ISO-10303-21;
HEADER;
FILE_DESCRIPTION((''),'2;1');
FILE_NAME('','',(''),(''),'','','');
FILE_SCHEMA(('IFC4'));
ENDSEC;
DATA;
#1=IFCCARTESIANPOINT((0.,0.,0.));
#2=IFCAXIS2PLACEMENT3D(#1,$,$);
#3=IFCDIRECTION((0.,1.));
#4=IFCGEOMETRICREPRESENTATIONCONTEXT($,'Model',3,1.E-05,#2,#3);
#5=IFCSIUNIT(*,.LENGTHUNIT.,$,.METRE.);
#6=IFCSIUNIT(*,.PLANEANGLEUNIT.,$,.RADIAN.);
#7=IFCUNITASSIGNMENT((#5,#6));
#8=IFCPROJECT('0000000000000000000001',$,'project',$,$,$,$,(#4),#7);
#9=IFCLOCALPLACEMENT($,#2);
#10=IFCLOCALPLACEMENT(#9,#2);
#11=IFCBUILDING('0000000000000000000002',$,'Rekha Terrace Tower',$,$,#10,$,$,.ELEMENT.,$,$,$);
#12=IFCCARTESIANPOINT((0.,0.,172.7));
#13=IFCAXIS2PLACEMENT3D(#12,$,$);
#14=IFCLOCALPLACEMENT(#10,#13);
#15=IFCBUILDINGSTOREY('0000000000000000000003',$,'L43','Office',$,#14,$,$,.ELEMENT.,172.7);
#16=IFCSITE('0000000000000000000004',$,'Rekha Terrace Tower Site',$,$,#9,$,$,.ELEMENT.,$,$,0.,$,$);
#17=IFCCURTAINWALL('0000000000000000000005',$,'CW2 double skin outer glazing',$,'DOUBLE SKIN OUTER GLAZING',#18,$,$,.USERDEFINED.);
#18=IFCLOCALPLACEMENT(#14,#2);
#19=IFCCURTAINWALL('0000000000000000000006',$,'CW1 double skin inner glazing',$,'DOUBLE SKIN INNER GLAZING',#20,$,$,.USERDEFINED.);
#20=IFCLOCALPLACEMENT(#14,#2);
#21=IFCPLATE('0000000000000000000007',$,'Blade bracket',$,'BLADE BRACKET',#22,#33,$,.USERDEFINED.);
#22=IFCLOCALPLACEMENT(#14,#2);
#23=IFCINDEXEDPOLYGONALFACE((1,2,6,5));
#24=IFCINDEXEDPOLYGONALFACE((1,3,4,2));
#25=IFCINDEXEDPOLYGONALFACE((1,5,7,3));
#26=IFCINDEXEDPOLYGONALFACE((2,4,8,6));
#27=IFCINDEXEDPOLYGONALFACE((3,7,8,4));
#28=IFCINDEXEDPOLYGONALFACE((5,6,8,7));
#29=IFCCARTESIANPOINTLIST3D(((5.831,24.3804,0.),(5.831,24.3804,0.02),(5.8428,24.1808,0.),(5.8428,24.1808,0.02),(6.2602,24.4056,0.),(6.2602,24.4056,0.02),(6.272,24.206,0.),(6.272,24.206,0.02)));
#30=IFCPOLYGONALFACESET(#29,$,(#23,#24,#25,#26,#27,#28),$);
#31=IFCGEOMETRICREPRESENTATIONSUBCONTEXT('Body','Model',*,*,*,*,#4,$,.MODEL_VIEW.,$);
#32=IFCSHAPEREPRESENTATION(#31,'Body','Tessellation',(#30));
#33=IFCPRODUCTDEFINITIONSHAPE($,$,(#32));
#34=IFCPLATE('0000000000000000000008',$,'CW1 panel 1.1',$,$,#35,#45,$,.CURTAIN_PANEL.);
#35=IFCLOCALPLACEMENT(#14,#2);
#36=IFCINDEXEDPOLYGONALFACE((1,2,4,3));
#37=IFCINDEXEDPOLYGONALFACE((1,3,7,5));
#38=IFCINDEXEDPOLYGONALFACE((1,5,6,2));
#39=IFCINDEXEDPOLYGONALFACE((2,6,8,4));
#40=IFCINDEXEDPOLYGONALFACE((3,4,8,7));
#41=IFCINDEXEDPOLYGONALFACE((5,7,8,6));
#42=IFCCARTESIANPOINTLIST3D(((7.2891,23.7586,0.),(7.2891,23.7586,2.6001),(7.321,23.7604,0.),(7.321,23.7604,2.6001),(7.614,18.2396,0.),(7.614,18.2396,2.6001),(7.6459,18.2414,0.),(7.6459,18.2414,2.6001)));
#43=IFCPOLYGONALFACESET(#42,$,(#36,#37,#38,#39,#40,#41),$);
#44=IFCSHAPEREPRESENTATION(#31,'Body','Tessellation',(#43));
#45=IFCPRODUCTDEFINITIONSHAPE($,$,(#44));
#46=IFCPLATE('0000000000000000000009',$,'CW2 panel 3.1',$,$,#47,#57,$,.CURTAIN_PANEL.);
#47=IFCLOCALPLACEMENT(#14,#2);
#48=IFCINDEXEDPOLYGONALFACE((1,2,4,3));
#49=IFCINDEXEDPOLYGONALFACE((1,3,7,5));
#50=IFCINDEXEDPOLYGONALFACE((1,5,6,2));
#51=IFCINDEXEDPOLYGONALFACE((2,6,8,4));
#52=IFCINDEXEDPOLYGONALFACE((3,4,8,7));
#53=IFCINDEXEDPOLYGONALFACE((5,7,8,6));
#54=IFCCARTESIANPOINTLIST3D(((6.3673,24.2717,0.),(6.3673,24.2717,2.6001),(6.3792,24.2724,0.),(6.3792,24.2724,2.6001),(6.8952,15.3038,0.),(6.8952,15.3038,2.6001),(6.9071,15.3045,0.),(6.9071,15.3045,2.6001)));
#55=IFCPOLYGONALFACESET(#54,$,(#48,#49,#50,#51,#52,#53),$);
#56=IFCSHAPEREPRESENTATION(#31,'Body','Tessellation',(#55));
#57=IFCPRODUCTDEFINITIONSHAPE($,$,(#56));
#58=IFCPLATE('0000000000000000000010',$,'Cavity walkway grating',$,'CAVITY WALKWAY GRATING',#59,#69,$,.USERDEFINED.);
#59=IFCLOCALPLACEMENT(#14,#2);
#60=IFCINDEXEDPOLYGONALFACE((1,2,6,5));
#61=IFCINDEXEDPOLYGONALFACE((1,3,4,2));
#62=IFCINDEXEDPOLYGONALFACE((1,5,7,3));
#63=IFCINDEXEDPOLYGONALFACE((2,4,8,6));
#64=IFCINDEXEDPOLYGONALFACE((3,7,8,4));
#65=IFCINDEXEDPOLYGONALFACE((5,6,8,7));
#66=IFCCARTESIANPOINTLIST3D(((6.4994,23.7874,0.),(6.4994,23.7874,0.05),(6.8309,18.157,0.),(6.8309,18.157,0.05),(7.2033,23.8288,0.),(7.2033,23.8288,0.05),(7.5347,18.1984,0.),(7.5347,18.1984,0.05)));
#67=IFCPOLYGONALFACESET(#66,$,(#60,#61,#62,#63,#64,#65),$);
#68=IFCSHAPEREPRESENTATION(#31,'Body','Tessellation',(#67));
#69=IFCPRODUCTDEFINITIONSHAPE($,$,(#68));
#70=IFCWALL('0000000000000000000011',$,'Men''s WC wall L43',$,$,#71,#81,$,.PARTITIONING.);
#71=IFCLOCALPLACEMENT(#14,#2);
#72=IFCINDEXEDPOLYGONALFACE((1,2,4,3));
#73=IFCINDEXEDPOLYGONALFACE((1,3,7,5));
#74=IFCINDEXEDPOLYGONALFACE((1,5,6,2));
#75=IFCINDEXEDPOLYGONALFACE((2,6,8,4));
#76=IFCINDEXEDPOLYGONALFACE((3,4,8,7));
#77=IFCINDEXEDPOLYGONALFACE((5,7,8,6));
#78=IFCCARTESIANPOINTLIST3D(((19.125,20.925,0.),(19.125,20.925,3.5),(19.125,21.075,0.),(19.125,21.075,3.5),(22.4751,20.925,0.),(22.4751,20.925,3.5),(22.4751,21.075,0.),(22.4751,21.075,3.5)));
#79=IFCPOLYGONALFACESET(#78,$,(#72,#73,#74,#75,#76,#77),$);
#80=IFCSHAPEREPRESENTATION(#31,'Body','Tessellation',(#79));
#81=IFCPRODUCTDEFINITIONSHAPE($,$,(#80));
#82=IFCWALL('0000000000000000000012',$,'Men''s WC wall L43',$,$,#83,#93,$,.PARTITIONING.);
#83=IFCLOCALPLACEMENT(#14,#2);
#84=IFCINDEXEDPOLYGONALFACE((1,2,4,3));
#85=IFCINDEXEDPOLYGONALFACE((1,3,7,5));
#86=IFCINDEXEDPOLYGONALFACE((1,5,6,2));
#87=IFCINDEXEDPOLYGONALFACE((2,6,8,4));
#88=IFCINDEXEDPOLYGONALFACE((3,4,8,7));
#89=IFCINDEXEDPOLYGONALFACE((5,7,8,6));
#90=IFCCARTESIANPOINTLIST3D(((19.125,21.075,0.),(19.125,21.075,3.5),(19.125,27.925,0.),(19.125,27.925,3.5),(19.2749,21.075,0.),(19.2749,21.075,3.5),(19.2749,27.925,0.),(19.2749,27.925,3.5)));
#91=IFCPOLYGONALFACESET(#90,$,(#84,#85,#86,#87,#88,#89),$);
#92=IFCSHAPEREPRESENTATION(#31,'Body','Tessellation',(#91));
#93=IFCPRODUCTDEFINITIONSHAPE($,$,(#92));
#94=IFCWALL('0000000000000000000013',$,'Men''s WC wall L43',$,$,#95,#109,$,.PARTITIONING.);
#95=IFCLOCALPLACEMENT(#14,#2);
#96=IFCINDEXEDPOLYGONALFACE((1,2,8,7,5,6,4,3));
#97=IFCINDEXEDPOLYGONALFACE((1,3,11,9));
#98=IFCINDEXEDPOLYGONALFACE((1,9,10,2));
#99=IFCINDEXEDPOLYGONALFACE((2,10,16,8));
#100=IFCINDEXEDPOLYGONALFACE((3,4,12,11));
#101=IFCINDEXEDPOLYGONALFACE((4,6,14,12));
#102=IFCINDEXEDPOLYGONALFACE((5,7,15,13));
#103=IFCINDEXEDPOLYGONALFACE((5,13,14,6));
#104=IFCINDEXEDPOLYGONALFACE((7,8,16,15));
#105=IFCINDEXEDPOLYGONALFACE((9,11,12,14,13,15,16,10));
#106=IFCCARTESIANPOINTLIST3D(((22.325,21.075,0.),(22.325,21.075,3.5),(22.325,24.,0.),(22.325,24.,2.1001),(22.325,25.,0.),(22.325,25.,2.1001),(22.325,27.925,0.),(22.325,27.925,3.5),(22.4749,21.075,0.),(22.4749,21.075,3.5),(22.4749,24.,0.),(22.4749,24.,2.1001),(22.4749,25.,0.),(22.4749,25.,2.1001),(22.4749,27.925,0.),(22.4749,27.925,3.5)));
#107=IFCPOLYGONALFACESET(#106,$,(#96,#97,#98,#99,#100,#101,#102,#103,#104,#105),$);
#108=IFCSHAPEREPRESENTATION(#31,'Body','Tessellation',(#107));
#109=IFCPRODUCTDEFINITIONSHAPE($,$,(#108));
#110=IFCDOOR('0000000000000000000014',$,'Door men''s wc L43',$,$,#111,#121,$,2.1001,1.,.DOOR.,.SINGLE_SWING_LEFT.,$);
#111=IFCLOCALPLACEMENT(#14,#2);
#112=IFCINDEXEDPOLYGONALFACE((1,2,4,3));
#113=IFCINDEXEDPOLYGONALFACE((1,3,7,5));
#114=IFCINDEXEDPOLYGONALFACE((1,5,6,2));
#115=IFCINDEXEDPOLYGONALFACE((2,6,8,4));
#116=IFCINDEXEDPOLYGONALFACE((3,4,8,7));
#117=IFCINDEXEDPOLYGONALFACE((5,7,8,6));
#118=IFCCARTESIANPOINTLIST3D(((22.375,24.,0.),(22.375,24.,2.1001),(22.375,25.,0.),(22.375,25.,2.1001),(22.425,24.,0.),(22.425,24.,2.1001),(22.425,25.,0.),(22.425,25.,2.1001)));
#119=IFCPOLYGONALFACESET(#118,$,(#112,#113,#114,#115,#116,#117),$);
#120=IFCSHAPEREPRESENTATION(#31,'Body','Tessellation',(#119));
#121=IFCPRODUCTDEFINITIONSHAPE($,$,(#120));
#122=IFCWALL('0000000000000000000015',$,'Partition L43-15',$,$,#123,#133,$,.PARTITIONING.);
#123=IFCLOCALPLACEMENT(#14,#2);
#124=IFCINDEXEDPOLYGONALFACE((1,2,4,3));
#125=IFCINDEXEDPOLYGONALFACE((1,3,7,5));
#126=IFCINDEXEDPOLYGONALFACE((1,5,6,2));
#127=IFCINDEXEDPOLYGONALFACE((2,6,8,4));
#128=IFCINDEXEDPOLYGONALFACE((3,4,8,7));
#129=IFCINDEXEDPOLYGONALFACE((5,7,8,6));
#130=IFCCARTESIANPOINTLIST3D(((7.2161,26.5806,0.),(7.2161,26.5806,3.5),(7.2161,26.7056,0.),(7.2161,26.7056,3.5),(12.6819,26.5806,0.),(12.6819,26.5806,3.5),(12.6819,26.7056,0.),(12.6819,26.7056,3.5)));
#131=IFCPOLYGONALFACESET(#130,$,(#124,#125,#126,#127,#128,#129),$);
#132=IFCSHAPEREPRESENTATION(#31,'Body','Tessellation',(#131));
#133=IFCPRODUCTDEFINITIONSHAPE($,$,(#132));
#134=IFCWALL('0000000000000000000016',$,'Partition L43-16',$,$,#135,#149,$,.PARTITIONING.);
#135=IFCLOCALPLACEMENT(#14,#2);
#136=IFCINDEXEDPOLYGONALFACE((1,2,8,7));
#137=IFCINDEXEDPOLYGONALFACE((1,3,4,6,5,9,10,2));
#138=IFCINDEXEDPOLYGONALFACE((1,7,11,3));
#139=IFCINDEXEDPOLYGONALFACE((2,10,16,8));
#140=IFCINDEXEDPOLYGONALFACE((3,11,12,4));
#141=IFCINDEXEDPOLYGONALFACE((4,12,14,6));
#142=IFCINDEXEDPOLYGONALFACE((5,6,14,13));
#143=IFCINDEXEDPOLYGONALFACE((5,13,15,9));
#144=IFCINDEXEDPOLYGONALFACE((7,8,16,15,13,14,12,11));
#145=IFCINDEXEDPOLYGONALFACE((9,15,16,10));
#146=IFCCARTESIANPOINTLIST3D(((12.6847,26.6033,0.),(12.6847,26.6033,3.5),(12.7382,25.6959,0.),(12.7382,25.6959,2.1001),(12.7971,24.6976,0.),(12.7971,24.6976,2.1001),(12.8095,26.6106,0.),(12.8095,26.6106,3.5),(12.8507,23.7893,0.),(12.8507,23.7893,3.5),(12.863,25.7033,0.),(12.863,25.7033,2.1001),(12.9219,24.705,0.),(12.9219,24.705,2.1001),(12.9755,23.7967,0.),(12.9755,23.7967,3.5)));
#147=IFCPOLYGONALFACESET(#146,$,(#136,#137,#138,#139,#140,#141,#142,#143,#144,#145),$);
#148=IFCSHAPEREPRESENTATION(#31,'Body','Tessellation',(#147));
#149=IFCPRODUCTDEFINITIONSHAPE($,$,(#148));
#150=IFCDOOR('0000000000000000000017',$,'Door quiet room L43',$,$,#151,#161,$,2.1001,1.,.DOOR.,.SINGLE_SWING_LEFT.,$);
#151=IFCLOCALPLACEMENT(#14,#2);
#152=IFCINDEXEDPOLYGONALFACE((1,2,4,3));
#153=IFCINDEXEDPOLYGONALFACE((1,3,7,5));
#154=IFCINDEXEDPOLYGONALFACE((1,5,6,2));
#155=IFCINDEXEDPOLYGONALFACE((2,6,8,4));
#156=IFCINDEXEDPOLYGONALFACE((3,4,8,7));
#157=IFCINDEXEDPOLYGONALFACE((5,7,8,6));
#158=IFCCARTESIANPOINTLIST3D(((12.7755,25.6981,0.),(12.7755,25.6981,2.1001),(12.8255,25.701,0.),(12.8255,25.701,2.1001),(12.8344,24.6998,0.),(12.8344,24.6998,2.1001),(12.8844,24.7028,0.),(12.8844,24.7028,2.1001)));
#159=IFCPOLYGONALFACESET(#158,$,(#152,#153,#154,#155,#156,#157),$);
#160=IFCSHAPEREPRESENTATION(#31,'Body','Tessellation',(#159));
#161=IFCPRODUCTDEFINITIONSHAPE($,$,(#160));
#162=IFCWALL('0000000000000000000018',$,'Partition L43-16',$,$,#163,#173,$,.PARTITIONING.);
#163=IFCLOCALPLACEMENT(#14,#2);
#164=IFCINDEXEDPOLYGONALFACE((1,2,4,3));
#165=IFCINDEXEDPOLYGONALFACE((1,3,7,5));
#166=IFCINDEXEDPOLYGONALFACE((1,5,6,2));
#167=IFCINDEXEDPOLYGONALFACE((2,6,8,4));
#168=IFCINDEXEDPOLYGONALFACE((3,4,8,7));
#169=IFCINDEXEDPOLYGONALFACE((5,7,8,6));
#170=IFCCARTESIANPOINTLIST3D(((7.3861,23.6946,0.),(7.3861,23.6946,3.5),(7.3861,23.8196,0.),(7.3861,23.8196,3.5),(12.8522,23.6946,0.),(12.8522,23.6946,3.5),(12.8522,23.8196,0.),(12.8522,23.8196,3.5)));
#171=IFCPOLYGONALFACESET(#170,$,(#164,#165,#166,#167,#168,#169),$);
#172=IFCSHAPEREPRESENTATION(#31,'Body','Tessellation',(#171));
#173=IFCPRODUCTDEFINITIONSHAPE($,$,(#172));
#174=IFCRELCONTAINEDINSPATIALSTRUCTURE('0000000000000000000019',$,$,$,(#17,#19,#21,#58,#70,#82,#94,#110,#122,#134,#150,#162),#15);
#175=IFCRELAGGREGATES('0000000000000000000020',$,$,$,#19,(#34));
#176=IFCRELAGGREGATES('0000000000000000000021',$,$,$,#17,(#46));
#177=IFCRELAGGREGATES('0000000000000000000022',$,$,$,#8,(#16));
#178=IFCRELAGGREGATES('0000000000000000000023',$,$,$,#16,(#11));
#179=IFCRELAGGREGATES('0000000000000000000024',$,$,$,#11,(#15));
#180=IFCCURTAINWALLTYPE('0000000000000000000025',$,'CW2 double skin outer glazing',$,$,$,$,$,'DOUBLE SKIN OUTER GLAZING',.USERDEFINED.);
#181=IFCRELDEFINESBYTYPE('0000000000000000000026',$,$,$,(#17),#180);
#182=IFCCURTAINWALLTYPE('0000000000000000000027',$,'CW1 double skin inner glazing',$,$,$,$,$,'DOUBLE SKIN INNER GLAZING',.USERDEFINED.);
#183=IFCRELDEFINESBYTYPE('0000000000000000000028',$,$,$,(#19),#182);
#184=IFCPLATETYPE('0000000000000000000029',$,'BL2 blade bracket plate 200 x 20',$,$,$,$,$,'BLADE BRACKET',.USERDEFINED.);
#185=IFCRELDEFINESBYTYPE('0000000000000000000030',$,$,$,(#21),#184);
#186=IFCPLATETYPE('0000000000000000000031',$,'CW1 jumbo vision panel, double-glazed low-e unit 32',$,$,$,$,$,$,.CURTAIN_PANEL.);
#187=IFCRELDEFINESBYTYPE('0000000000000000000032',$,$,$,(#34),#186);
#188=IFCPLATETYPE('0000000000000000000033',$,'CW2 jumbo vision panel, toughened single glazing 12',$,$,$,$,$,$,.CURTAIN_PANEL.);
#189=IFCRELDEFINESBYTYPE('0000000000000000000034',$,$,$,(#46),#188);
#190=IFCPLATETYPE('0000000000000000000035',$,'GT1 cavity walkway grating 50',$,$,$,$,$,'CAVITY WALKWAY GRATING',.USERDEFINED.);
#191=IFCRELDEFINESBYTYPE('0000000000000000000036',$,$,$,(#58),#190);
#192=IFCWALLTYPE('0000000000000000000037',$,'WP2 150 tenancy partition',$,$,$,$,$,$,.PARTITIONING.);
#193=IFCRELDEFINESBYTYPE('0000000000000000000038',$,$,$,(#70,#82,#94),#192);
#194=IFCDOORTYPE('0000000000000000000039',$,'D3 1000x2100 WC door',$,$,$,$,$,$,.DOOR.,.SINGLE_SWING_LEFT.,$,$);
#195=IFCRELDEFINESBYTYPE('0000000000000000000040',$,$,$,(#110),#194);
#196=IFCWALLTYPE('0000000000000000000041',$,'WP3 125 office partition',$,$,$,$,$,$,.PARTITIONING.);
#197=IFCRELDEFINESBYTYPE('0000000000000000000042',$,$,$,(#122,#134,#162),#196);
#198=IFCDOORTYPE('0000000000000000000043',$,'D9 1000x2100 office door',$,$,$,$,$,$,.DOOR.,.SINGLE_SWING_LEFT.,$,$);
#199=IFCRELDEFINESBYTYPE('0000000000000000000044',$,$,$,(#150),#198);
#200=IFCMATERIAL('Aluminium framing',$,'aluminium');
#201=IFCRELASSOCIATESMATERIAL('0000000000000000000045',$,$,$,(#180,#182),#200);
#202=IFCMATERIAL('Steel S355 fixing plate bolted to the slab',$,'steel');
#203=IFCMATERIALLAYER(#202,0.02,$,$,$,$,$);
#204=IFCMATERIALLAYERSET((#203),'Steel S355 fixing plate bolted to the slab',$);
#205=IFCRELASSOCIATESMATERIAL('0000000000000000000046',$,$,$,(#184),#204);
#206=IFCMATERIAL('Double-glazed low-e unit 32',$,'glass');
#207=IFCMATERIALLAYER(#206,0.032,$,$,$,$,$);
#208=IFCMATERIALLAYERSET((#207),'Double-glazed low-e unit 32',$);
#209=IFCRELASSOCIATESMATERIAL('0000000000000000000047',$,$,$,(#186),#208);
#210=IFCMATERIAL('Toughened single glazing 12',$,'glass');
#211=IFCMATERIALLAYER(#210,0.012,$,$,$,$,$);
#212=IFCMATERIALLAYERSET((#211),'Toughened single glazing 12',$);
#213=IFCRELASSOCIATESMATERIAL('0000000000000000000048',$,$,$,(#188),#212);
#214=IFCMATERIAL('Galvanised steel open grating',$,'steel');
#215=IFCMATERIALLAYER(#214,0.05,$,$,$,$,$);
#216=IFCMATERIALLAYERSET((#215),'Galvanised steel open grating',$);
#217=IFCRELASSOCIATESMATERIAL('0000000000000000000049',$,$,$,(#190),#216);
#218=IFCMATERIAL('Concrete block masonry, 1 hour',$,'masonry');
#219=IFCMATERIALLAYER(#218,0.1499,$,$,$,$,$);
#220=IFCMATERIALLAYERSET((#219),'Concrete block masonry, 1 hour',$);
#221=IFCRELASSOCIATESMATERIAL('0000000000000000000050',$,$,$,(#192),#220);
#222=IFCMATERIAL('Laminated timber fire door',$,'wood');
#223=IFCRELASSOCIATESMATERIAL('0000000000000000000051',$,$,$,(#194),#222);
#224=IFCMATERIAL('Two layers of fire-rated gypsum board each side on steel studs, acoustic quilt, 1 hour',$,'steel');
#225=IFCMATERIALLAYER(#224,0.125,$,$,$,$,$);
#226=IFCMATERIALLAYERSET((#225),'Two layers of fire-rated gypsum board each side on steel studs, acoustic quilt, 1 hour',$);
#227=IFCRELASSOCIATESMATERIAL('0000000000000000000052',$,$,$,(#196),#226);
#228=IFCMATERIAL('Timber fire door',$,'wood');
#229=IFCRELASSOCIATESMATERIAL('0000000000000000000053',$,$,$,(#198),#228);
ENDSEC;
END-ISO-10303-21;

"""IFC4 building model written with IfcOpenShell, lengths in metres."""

from ifc_helpers import new_model, si_unit, direction, frame, frame_2d, origin, origin_2d, place, context, subcontext, project, spatial, rectangle, extrude, material, layer, layer_set, type_object, element, fill, aggregate, save


model = new_model("IFC4")

# Units and contexts
model_context = context("Model", 3, precision=1e-05, world=origin(), true_north=direction((0.0, 1.0)))
body_context = subcontext(model_context, "Body", "Model", "MODEL_VIEW")
ifc_project = project(units=[si_unit("LENGTHUNIT", "METRE"), si_unit("PLANEANGLEUNIT", "RADIAN")], contexts=[model_context])

# Site, building, storey
site_placement = place(None, origin())
site = spatial("IfcSite", under=ifc_project, at=site_placement, Name="Rekha Terrace Tower Site", CompositionType="ELEMENT", RefElevation=0.0)
building_placement = place(site_placement, origin())
building = spatial("IfcBuilding", under=site, at=building_placement, Name="Rekha Terrace Tower", CompositionType="ELEMENT")
storey_placement = place(building_placement, frame((0.0, 0.0, 172.7)))
storey = spatial("IfcBuildingStorey", under=building, at=storey_placement, Name="L43", Description="Office", CompositionType="ELEMENT", Elevation=172.7)

# Curtain wall
ifc_material_1 = material(Name="Aluminium framing", Category="aluminium")
curtain_wall_type_1 = type_object("IfcCurtainWallType", Name="CW2 double skin outer glazing", ElementType="DOUBLE SKIN OUTER GLAZING", PredefinedType="USERDEFINED", material=ifc_material_1)
curtain_wall_1_placement = place(storey_placement, origin())
curtain_wall_1 = element("IfcCurtainWall", 1, at=curtain_wall_1_placement, inside=storey, type_object=curtain_wall_type_1, Name="CW2 double skin outer glazing", ObjectType="DOUBLE SKIN OUTER GLAZING", PredefinedType="USERDEFINED")
curtain_wall_type_2 = type_object("IfcCurtainWallType", Name="CW1 double skin inner glazing", ElementType="DOUBLE SKIN INNER GLAZING", PredefinedType="USERDEFINED", material=ifc_material_1)

# Curtain wall
curtain_wall_2_placement = place(storey_placement, origin())
curtain_wall_2 = element("IfcCurtainWall", 2, at=curtain_wall_2_placement, inside=storey, type_object=curtain_wall_type_2, Name="CW1 double skin inner glazing", ObjectType="DOUBLE SKIN INNER GLAZING", PredefinedType="USERDEFINED")

# Plates
ifc_material_2 = material(Name="Steel S355 fixing plate bolted to the slab", Category="steel")
ifc_layer_1 = layer(ifc_material_2, 0.02)
ifc_layer_set_1 = layer_set([ifc_layer_1], Name="Steel S355 fixing plate bolted to the slab")
plate_type_1 = type_object("IfcPlateType", Name="BL2 blade bracket plate 200 x 20", ElementType="BLADE BRACKET", PredefinedType="USERDEFINED", material=ifc_layer_set_1)
plate_1_placement = place(storey_placement, frame((6.0515, 24.2932, 0.0), z_axis=(0.0, 0.0, 1.0), x_axis=(-0.998272, -0.058765, 0.0)))
element("IfcPlate", 3, at=plate_1_placement, inside=storey, type_object=plate_type_1, Name="Blade bracket", ObjectType="BLADE BRACKET", PredefinedType="USERDEFINED", context=body_context, shape_type="SweptSolid", body=[
    extrude(rectangle(XDim=0.4299, YDim=0.2, at=origin_2d()), origin(), (0.0, 0.0, 1.0), 0.02),
])
ifc_material_3 = material(Name="Double-glazed low-e unit 32", Category="glass")
ifc_layer_2 = layer(ifc_material_3, 0.032)
ifc_layer_set_2 = layer_set([ifc_layer_2], Name="Double-glazed low-e unit 32")
plate_type_2 = type_object("IfcPlateType", Name="CW1 jumbo vision panel, double-glazed low-e unit 32", PredefinedType="CURTAIN_PANEL", material=ifc_layer_set_2)
plate_2_placement = place(storey_placement, frame((7.4675, 21.0, 0.0), z_axis=(0.0, 0.0, 1.0), x_axis=(0.058765, -0.998272, 0.0)))
plate_2 = element("IfcPlate", 4, at=plate_2_placement, type_object=plate_type_2, Name="CW1 panel 1.1", PredefinedType="CURTAIN_PANEL", context=body_context, shape_type="SweptSolid", body=[
    extrude(rectangle(XDim=5.5286, YDim=0.032, at=origin_2d()), origin(), (0.0, 0.0, 1.0), 2.6001),
])
aggregate(curtain_wall_2, [plate_2])
ifc_material_4 = material(Name="Toughened single glazing 12", Category="glass")
ifc_layer_3 = layer(ifc_material_4, 0.012)
ifc_layer_set_3 = layer_set([ifc_layer_3], Name="Toughened single glazing 12")
plate_type_3 = type_object("IfcPlateType", Name="CW2 jumbo vision panel, toughened single glazing 12", PredefinedType="CURTAIN_PANEL", material=ifc_layer_set_3)
plate_3_placement = place(storey_placement, frame((6.6372, 19.7881, 0.0), z_axis=(0.0, 0.0, 1.0), x_axis=(0.058765, -0.998272, 0.0)))
plate_3 = element("IfcPlate", 5, at=plate_3_placement, type_object=plate_type_3, Name="CW2 panel 3.1", PredefinedType="CURTAIN_PANEL", context=body_context, shape_type="SweptSolid", body=[
    extrude(rectangle(XDim=8.9834, YDim=0.012, at=origin_2d()), origin(), (0.0, 0.0, 1.0), 2.6001),
])
aggregate(curtain_wall_1, [plate_3])
ifc_material_5 = material(Name="Galvanised steel open grating", Category="steel")
ifc_layer_4 = layer(ifc_material_5, 0.05)
ifc_layer_set_4 = layer_set([ifc_layer_4], Name="Galvanised steel open grating")
plate_type_4 = type_object("IfcPlateType", Name="GT1 cavity walkway grating 50", ElementType="CAVITY WALKWAY GRATING", PredefinedType="USERDEFINED", material=ifc_layer_set_4)
plate_4_placement = place(storey_placement, frame((7.0171, 20.9929, 0.0), z_axis=(0.0, 0.0, 1.0), x_axis=(0.058765, -0.998272, 0.0)))
element("IfcPlate", 6, at=plate_4_placement, inside=storey, type_object=plate_type_4, Name="Cavity walkway grating", ObjectType="CAVITY WALKWAY GRATING", PredefinedType="USERDEFINED", context=body_context, shape_type="SweptSolid", body=[
    extrude(rectangle(XDim=5.6401, YDim=0.7051, at=origin_2d()), origin(), (0.0, 0.0, 1.0), 0.05),
])

# Walls
ifc_material_6 = material(Name="Concrete block masonry, 1 hour", Category="masonry")
ifc_layer_5 = layer(ifc_material_6, 0.1499)
ifc_layer_set_5 = layer_set([ifc_layer_5], Name="Concrete block masonry, 1 hour")
wall_type_1 = type_object("IfcWallType", Name="WP2 150 tenancy partition", PredefinedType="PARTITIONING", material=ifc_layer_set_5)
wall_1_placement = place(storey_placement, frame((19.125, 21.0, 0.0), z_axis=(0.0, 0.0, 1.0), x_axis=(1.0, 0.0, 0.0)))
element("IfcWall", 7, at=wall_1_placement, inside=storey, type_object=wall_type_1, Name="Men's WC wall L43", PredefinedType="PARTITIONING", context=body_context, shape_type="SweptSolid", body=[
    extrude(rectangle(XDim=3.3501, YDim=0.1499, at=frame_2d((1.675, 0.0))), origin(), (0.0, 0.0, 1.0), 3.5),
])
wall_2_placement = place(storey_placement, frame((19.2, 21.075, 0.0), z_axis=(0.0, 0.0, 1.0), x_axis=(0.0, 1.0, 0.0)))
element("IfcWall", 8, at=wall_2_placement, inside=storey, type_object=wall_type_1, Name="Men's WC wall L43", PredefinedType="PARTITIONING", context=body_context, shape_type="SweptSolid", body=[
    extrude(rectangle(XDim=6.8501, YDim=0.1499, at=frame_2d((3.425, 0.0))), origin(), (0.0, 0.0, 1.0), 3.5),
])

# Wall, opening, door
wall_3_placement = place(storey_placement, frame((22.3999, 21.075, 0.0), z_axis=(0.0, 0.0, 1.0), x_axis=(0.0, 1.0, 0.0)))
wall_3 = element("IfcWall", 9, at=wall_3_placement, inside=storey, type_object=wall_type_1, Name="Men's WC wall L43", PredefinedType="PARTITIONING", context=body_context, shape_type="SweptSolid", body=[
    extrude(rectangle(XDim=6.8501, YDim=0.1499, at=frame_2d((3.425, 0.0))), origin(), (0.0, 0.0, 1.0), 3.5),
])
opening_1_placement = place(wall_3_placement, frame((2.925, 0.0, 0.0)))
opening_1 = element("IfcOpeningElement", 10, at=opening_1_placement, cuts=wall_3, PredefinedType="OPENING", context=body_context, shape_type="SweptSolid", body=[
    extrude(rectangle(XDim=1.0, YDim=2.1001, at=frame_2d((0.5, 1.05))), frame((0.0, 0.085, 0.0), z_axis=(0.0, -1.0, 0.0), x_axis=(1.0, 0.0, 0.0)), (0.0, 0.0, 1.0), 0.1699),
])
ifc_material_7 = material(Name="Laminated timber fire door", Category="wood")
door_type_1 = type_object("IfcDoorType", Name="D3 1000x2100 WC door", OperationType="SINGLE_SWING_LEFT", PredefinedType="DOOR", material=ifc_material_7)
door_1_placement = place(opening_1_placement, origin())
door_1 = element("IfcDoor", 11, at=door_1_placement, inside=storey, type_object=door_type_1, Name="Door men's wc L43", OperationType="SINGLE_SWING_LEFT", OverallHeight=2.1001, OverallWidth=1.0, PredefinedType="DOOR", context=body_context, shape_type="SweptSolid", body=[
    extrude(rectangle(XDim=1.0, YDim=2.1001, at=frame_2d((0.5, 1.05))), frame((0.0, 0.0249, 0.0), z_axis=(0.0, -1.0, 0.0), x_axis=(1.0, 0.0, 0.0)), (0.0, 0.0, 1.0), 0.05),
])
fill(opening_1, door_1)

# Wall
ifc_material_8 = material(Name="Two layers of fire-rated gypsum board each side on steel studs, acoustic quilt, 1 hour", Category="steel")
ifc_layer_6 = layer(ifc_material_8, 0.125)
ifc_layer_set_6 = layer_set([ifc_layer_6], Name="Two layers of fire-rated gypsum board each side on steel studs, acoustic quilt, 1 hour")
wall_type_2 = type_object("IfcWallType", Name="WP3 125 office partition", PredefinedType="PARTITIONING", material=ifc_layer_set_6)
wall_4_placement = place(storey_placement, frame((12.6819, 26.6431, 0.0), z_axis=(0.0, 0.0, 1.0), x_axis=(-1.0, 0.0, 0.0)))
element("IfcWall", 12, at=wall_4_placement, inside=storey, type_object=wall_type_2, Name="Partition L43-15", PredefinedType="PARTITIONING", context=body_context, shape_type="SweptSolid", body=[
    extrude(rectangle(XDim=5.4658, YDim=0.125, at=frame_2d((2.7329, 0.0))), origin(), (0.0, 0.0, 1.0), 3.5),
])

# Wall, opening, door
wall_5_placement = place(storey_placement, frame((12.7471, 26.6069, 0.0), z_axis=(0.0, 0.0, 1.0), x_axis=(0.058895, -0.998264, 0.0)))
wall_5 = element("IfcWall", 13, at=wall_5_placement, inside=storey, type_object=wall_type_2, Name="Partition L43-16", PredefinedType="PARTITIONING", context=body_context, shape_type="SweptSolid", body=[
    extrude(rectangle(XDim=2.8188, YDim=0.125, at=frame_2d((1.4094, 0.0))), origin(), (0.0, 0.0, 1.0), 3.5),
])
opening_2_placement = place(wall_5_placement, frame((0.9089, 0.0, 0.0)))
opening_2 = element("IfcOpeningElement", 14, at=opening_2_placement, cuts=wall_5, PredefinedType="OPENING", context=body_context, shape_type="SweptSolid", body=[
    extrude(rectangle(XDim=1.0, YDim=2.1001, at=frame_2d((0.5, 1.05))), frame((0.0, 0.0725, 0.0), z_axis=(0.0, -1.0, 0.0), x_axis=(1.0, 0.0, 0.0)), (0.0, 0.0, 1.0), 0.145),
])
ifc_material_9 = material(Name="Timber fire door", Category="wood")
door_type_2 = type_object("IfcDoorType", Name="D9 1000x2100 office door", OperationType="SINGLE_SWING_LEFT", PredefinedType="DOOR", material=ifc_material_9)
door_2_placement = place(opening_2_placement, origin())
door_2 = element("IfcDoor", 15, at=door_2_placement, inside=storey, type_object=door_type_2, Name="Door quiet room L43", OperationType="SINGLE_SWING_LEFT", OverallHeight=2.1001, OverallWidth=1.0, PredefinedType="DOOR", context=body_context, shape_type="SweptSolid", body=[
    extrude(rectangle(XDim=1.0, YDim=2.1001, at=frame_2d((0.5, 1.05))), frame((0.0, 0.0249, 0.0), z_axis=(0.0, -1.0, 0.0), x_axis=(1.0, 0.0, 0.0)), (0.0, 0.0, 1.0), 0.05),
])
fill(opening_2, door_2)

# Wall
wall_6_placement = place(storey_placement, frame((12.8521, 23.7571, 0.0), z_axis=(0.0, 0.0, 1.0), x_axis=(-1.0, 0.0, 0.0)))
element("IfcWall", 16, at=wall_6_placement, inside=storey, type_object=wall_type_2, Name="Partition L43-16", PredefinedType="PARTITIONING", context=body_context, shape_type="SweptSolid", body=[
    extrude(rectangle(XDim=5.4661, YDim=0.125, at=frame_2d((2.7329, 0.0))), origin(), (0.0, 0.0, 1.0), 3.5),
])

save(model, "model.ifc")
